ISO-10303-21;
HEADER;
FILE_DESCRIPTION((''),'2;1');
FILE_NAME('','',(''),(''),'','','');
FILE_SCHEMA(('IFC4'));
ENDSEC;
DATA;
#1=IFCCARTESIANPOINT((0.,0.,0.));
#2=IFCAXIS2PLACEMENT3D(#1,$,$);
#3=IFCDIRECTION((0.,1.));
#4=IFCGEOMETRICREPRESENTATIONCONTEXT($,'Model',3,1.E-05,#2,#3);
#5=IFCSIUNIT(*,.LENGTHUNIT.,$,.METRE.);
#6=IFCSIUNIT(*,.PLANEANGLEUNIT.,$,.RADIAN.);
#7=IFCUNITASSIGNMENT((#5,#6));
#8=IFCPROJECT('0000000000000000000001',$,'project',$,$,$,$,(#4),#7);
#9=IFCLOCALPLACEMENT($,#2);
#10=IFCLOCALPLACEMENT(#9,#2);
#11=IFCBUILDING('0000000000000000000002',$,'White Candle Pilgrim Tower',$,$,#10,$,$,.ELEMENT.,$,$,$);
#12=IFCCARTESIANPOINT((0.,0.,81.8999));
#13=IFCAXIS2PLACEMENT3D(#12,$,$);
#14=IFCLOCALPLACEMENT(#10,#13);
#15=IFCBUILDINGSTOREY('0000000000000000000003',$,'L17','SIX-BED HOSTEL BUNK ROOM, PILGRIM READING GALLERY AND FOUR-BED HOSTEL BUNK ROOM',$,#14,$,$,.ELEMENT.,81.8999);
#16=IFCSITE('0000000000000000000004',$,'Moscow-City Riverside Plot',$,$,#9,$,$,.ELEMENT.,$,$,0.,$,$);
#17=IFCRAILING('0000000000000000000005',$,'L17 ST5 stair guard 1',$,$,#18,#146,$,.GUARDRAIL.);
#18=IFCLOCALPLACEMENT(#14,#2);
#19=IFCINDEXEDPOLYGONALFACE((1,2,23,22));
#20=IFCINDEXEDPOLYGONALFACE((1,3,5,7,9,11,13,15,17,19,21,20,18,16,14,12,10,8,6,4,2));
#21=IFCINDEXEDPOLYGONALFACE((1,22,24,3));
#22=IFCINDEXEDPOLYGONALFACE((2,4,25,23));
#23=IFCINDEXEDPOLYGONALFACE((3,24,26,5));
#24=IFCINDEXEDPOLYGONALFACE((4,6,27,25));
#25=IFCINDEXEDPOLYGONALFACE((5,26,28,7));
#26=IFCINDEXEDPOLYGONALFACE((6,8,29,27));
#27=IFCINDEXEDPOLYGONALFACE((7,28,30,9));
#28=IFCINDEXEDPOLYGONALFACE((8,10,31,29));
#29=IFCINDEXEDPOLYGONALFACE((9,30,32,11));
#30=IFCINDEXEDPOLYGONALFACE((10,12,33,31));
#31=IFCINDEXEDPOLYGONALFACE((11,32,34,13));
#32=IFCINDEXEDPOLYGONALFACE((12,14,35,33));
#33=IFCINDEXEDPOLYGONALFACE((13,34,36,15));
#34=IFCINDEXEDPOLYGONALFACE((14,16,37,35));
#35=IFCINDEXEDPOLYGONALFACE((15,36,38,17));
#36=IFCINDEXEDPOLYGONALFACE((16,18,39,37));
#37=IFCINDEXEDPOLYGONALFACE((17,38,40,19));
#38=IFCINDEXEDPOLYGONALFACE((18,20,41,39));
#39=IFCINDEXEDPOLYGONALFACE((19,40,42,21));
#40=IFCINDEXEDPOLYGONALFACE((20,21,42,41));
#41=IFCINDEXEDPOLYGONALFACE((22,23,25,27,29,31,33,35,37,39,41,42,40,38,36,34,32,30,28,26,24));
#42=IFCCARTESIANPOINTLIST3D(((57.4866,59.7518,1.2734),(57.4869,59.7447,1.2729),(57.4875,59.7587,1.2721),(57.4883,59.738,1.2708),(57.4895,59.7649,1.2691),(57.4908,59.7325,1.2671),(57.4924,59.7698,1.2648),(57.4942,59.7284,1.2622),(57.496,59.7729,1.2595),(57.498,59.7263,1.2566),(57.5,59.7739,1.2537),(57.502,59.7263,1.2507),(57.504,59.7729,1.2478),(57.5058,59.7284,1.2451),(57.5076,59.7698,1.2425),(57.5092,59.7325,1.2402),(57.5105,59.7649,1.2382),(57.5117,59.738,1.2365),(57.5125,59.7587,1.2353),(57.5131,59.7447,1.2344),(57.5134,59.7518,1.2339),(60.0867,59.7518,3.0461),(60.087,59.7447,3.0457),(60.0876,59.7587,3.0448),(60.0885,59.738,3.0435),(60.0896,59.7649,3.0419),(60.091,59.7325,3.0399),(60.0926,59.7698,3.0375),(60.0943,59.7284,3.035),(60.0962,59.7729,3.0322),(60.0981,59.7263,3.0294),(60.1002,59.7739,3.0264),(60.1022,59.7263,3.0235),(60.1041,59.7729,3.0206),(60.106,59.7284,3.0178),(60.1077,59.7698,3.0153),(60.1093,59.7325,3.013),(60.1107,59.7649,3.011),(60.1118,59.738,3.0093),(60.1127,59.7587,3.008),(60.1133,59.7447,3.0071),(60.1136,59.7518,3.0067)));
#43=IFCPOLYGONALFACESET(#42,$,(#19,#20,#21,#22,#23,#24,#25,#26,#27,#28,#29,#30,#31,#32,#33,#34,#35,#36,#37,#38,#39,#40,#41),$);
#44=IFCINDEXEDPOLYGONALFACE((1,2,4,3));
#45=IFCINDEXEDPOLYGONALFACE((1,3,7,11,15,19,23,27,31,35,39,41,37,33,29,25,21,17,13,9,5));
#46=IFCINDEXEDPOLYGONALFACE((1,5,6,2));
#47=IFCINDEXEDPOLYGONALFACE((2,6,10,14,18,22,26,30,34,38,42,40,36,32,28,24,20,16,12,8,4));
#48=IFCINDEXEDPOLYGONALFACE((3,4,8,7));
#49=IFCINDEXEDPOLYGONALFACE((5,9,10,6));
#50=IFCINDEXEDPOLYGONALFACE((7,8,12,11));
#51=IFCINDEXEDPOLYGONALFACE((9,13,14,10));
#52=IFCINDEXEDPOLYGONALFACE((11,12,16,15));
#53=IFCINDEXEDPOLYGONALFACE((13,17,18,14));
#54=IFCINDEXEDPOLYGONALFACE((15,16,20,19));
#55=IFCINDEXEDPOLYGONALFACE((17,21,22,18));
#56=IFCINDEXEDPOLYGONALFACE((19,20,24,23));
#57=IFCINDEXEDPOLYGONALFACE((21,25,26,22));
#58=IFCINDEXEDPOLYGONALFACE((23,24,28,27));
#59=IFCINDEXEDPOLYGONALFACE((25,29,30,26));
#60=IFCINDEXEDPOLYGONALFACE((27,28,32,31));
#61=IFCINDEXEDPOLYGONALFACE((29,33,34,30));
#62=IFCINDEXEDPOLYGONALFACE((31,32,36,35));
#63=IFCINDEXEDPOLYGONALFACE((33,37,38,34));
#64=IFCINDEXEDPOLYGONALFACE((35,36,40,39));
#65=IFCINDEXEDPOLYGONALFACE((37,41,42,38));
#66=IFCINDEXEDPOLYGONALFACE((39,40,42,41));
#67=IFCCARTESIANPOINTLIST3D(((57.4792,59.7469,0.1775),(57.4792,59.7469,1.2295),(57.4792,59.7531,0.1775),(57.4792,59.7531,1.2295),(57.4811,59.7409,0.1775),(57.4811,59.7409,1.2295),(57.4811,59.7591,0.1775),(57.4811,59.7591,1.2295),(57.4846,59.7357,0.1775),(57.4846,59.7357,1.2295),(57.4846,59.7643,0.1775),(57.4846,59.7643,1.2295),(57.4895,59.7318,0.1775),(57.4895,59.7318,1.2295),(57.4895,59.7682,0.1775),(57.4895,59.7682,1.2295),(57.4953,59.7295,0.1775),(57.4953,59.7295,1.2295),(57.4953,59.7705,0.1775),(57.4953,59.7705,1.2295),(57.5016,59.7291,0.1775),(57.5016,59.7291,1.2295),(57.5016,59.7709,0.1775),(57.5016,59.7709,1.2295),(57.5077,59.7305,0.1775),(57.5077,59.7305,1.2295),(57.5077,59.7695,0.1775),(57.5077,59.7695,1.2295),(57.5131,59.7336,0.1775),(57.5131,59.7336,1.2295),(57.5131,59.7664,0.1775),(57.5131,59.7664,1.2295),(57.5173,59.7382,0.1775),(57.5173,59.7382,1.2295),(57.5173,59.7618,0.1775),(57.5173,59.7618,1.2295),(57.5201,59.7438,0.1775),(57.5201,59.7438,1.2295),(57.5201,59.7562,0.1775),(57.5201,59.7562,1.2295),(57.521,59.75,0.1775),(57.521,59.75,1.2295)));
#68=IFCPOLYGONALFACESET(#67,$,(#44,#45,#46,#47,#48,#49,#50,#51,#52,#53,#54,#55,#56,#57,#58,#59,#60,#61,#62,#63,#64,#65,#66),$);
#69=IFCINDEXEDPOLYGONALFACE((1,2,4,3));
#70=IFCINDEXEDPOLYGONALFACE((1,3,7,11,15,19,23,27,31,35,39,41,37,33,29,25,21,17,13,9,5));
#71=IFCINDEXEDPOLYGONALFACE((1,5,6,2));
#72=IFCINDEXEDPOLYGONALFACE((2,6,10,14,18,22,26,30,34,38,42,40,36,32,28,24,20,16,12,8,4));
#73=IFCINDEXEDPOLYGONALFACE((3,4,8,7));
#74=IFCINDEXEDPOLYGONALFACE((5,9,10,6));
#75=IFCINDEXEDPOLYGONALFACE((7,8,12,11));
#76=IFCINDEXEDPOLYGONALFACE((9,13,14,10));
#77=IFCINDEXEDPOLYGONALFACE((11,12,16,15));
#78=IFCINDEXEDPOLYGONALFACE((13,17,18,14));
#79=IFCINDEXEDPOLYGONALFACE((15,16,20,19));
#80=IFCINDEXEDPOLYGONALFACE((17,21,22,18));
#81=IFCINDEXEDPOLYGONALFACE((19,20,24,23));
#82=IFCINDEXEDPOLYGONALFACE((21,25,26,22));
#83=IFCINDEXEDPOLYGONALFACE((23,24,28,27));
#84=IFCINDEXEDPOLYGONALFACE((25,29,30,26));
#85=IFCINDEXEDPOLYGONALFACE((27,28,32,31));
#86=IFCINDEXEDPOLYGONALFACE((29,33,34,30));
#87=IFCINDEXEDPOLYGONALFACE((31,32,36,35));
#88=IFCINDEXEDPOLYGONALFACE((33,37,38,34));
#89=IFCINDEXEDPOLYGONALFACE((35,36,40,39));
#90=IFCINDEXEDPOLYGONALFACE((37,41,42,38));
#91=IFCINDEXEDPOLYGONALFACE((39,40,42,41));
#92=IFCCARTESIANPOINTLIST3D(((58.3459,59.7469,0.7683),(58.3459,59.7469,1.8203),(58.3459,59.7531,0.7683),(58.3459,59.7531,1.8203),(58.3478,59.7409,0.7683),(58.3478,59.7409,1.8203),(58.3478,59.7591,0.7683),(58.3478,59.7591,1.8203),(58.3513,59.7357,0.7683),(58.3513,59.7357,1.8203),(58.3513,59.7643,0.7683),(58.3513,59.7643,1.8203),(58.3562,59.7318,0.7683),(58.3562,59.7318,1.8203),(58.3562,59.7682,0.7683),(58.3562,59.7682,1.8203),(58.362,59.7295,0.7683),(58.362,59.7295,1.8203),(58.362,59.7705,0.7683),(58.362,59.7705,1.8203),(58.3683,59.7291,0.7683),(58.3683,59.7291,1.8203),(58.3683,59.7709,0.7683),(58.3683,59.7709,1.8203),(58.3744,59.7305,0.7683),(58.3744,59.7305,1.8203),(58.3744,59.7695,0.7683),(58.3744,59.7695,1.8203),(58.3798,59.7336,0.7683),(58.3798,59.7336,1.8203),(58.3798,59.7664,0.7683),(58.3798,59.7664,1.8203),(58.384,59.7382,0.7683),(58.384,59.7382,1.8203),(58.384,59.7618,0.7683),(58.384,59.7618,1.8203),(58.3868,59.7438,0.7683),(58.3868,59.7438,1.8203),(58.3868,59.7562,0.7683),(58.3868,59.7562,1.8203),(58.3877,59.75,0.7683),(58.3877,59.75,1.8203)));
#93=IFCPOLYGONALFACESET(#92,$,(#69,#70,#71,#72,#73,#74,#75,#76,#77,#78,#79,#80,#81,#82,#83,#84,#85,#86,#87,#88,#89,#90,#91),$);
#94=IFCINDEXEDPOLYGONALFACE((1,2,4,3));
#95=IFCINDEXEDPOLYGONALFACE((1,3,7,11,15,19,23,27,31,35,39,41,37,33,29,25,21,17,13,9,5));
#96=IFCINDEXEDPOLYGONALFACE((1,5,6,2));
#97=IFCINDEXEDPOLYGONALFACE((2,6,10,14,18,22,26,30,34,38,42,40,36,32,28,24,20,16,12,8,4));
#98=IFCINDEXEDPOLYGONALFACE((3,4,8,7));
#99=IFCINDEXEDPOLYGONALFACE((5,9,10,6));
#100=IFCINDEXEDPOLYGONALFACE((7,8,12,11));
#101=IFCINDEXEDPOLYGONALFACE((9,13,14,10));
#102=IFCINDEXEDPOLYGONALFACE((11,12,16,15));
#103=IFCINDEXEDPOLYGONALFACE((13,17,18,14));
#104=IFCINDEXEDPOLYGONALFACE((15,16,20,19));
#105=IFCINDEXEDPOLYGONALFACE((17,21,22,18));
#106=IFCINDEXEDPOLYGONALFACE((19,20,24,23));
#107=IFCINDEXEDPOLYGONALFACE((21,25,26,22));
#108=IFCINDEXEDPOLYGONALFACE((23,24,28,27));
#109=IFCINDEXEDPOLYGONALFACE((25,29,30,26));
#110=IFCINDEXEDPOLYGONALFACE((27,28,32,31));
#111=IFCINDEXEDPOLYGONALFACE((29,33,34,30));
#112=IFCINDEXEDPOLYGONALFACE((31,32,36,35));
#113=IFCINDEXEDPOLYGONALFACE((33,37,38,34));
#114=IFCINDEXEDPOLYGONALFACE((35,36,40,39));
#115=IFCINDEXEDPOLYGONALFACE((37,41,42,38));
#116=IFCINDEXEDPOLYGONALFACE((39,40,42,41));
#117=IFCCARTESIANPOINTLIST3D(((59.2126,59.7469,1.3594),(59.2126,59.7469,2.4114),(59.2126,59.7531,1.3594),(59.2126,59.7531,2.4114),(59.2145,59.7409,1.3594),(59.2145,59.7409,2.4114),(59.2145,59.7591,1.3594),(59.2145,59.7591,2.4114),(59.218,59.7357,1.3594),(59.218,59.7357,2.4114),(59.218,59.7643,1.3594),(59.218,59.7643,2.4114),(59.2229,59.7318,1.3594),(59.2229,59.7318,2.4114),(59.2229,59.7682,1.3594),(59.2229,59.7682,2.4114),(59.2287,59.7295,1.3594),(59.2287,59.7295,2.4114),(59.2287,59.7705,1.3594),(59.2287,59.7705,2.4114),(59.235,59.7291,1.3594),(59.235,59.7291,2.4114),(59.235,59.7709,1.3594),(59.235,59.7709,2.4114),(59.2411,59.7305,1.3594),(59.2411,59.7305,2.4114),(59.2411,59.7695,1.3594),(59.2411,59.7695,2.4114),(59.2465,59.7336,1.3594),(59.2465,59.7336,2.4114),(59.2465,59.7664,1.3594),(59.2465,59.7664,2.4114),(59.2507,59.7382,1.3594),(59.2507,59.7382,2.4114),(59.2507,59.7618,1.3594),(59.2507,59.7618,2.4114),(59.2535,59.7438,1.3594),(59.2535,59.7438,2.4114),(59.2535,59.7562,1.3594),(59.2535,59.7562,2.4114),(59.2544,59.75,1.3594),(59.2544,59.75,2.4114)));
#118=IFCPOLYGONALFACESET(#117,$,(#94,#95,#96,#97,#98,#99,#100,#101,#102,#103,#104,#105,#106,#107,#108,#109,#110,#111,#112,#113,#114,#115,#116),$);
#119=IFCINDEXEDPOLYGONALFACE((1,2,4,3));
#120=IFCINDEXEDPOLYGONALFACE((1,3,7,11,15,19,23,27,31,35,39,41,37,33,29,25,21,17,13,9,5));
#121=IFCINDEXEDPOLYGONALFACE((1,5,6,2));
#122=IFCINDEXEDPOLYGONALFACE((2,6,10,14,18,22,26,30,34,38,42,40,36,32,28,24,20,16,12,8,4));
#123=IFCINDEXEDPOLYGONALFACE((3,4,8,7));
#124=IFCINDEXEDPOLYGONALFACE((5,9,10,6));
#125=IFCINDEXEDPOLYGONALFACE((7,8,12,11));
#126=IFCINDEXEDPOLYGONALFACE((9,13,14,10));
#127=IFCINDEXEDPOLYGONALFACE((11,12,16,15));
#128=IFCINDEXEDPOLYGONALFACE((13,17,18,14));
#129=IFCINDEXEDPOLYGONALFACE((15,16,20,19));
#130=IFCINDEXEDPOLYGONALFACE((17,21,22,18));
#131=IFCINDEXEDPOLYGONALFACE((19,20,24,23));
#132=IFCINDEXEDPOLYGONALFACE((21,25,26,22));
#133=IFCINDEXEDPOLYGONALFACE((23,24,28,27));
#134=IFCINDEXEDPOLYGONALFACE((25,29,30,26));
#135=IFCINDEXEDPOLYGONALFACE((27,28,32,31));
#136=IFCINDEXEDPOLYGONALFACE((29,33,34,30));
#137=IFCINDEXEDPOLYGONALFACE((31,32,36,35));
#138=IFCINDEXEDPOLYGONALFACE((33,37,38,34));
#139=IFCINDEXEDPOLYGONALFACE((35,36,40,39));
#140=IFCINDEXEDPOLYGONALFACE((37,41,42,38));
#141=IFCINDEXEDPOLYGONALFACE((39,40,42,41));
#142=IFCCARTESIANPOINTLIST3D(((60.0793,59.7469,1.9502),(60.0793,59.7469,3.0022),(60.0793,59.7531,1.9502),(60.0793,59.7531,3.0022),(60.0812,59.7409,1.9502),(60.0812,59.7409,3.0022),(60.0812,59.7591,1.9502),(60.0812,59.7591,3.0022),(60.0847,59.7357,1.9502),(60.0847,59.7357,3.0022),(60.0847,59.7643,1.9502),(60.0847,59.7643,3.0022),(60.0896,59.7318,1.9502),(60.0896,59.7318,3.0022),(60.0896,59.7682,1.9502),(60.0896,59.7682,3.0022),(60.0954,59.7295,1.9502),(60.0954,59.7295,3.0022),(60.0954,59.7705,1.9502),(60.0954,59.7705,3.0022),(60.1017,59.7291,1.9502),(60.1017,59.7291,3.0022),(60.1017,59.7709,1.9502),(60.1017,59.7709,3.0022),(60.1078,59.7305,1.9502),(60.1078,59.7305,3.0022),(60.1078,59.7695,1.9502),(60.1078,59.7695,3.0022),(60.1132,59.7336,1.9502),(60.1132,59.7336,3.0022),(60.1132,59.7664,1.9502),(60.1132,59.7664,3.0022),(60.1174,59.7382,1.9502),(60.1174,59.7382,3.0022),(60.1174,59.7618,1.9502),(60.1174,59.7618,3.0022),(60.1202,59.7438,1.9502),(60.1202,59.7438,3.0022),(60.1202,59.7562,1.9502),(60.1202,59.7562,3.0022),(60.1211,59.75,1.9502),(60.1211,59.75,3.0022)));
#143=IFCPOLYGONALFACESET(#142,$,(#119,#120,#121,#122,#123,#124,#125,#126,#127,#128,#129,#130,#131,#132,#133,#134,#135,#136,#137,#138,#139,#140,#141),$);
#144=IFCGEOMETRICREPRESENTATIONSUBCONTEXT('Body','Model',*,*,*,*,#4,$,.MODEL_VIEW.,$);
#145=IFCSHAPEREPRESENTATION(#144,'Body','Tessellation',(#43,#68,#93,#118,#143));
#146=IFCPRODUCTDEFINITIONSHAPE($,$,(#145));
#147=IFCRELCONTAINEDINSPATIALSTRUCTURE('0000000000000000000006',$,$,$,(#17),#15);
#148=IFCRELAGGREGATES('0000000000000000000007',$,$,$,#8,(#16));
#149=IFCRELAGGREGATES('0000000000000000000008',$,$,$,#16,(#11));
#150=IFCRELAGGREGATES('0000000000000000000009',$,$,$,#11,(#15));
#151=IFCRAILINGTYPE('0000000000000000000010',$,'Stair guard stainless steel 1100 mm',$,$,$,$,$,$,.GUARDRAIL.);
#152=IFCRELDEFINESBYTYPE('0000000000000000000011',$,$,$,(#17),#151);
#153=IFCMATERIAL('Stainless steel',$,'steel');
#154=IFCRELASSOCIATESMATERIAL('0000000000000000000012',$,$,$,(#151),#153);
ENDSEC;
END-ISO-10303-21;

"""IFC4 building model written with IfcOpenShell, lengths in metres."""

from ifc_helpers import new_model, si_unit, direction, frame, origin, origin_2d, place, context, subcontext, project, spatial, circle, extrude, material, type_object, element, save


model = new_model("IFC4")

# Units and contexts
model_context = context("Model", 3, precision=1e-05, world=origin(), true_north=direction((0.0, 1.0)))
body_context = subcontext(model_context, "Body", "Model", "MODEL_VIEW")
ifc_project = project(units=[si_unit("LENGTHUNIT", "METRE"), si_unit("PLANEANGLEUNIT", "RADIAN")], contexts=[model_context])

# Site, building, storey
site_placement = place(None, origin())
site = spatial("IfcSite", under=ifc_project, at=site_placement, Name="Moscow-City Riverside Plot", CompositionType="ELEMENT", RefElevation=0.0)
building_placement = place(site_placement, origin())
building = spatial("IfcBuilding", under=site, at=building_placement, Name="White Candle Pilgrim Tower", CompositionType="ELEMENT")
storey_placement = place(building_placement, frame((0.0, 0.0, 81.8999)))
storey = spatial("IfcBuildingStorey", under=building, at=storey_placement, Name="L17", Description="SIX-BED HOSTEL BUNK ROOM, PILGRIM READING GALLERY AND FOUR-BED HOSTEL BUNK ROOM", CompositionType="ELEMENT", Elevation=81.8999)

# Railing
ifc_material_1 = material(Name="Stainless steel", Category="steel")
railing_type_1 = type_object("IfcRailingType", Name="Stair guard stainless steel 1100 mm", PredefinedType="GUARDRAIL", material=ifc_material_1)
railing_1_placement = place(storey_placement, frame((57.5, 59.75, 0.1775)))
element("IfcRailing", 1, at=railing_1_placement, inside=storey, type_object=railing_type_1, Name="L17 ST5 stair guard 1", PredefinedType="GUARDRAIL", context=body_context, shape_type="SweptSolid", body=[
    extrude(circle(Radius=0.0239, at=origin_2d()), frame((0.0, 0.0, 1.0762), z_axis=(0.82624, 0.0, 0.563318), x_axis=(0.0, 1.0, 0.0)), (0.0, 0.0, 1.0), 3.147),
    extrude(circle(Radius=0.021, at=origin_2d()), origin(), (0.0, 0.0, 1.0), 1.052),
    extrude(circle(Radius=0.021, at=origin_2d()), frame((0.8667, 0.0, 0.5908)), (0.0, 0.0, 1.0), 1.052),
    extrude(circle(Radius=0.021, at=origin_2d()), frame((1.7334, 0.0, 1.1819)), (0.0, 0.0, 1.0), 1.052),
    extrude(circle(Radius=0.021, at=origin_2d()), frame((2.6001, 0.0, 1.7727)), (0.0, 0.0, 1.0), 1.052),
])

save(model, "model.ifc")
